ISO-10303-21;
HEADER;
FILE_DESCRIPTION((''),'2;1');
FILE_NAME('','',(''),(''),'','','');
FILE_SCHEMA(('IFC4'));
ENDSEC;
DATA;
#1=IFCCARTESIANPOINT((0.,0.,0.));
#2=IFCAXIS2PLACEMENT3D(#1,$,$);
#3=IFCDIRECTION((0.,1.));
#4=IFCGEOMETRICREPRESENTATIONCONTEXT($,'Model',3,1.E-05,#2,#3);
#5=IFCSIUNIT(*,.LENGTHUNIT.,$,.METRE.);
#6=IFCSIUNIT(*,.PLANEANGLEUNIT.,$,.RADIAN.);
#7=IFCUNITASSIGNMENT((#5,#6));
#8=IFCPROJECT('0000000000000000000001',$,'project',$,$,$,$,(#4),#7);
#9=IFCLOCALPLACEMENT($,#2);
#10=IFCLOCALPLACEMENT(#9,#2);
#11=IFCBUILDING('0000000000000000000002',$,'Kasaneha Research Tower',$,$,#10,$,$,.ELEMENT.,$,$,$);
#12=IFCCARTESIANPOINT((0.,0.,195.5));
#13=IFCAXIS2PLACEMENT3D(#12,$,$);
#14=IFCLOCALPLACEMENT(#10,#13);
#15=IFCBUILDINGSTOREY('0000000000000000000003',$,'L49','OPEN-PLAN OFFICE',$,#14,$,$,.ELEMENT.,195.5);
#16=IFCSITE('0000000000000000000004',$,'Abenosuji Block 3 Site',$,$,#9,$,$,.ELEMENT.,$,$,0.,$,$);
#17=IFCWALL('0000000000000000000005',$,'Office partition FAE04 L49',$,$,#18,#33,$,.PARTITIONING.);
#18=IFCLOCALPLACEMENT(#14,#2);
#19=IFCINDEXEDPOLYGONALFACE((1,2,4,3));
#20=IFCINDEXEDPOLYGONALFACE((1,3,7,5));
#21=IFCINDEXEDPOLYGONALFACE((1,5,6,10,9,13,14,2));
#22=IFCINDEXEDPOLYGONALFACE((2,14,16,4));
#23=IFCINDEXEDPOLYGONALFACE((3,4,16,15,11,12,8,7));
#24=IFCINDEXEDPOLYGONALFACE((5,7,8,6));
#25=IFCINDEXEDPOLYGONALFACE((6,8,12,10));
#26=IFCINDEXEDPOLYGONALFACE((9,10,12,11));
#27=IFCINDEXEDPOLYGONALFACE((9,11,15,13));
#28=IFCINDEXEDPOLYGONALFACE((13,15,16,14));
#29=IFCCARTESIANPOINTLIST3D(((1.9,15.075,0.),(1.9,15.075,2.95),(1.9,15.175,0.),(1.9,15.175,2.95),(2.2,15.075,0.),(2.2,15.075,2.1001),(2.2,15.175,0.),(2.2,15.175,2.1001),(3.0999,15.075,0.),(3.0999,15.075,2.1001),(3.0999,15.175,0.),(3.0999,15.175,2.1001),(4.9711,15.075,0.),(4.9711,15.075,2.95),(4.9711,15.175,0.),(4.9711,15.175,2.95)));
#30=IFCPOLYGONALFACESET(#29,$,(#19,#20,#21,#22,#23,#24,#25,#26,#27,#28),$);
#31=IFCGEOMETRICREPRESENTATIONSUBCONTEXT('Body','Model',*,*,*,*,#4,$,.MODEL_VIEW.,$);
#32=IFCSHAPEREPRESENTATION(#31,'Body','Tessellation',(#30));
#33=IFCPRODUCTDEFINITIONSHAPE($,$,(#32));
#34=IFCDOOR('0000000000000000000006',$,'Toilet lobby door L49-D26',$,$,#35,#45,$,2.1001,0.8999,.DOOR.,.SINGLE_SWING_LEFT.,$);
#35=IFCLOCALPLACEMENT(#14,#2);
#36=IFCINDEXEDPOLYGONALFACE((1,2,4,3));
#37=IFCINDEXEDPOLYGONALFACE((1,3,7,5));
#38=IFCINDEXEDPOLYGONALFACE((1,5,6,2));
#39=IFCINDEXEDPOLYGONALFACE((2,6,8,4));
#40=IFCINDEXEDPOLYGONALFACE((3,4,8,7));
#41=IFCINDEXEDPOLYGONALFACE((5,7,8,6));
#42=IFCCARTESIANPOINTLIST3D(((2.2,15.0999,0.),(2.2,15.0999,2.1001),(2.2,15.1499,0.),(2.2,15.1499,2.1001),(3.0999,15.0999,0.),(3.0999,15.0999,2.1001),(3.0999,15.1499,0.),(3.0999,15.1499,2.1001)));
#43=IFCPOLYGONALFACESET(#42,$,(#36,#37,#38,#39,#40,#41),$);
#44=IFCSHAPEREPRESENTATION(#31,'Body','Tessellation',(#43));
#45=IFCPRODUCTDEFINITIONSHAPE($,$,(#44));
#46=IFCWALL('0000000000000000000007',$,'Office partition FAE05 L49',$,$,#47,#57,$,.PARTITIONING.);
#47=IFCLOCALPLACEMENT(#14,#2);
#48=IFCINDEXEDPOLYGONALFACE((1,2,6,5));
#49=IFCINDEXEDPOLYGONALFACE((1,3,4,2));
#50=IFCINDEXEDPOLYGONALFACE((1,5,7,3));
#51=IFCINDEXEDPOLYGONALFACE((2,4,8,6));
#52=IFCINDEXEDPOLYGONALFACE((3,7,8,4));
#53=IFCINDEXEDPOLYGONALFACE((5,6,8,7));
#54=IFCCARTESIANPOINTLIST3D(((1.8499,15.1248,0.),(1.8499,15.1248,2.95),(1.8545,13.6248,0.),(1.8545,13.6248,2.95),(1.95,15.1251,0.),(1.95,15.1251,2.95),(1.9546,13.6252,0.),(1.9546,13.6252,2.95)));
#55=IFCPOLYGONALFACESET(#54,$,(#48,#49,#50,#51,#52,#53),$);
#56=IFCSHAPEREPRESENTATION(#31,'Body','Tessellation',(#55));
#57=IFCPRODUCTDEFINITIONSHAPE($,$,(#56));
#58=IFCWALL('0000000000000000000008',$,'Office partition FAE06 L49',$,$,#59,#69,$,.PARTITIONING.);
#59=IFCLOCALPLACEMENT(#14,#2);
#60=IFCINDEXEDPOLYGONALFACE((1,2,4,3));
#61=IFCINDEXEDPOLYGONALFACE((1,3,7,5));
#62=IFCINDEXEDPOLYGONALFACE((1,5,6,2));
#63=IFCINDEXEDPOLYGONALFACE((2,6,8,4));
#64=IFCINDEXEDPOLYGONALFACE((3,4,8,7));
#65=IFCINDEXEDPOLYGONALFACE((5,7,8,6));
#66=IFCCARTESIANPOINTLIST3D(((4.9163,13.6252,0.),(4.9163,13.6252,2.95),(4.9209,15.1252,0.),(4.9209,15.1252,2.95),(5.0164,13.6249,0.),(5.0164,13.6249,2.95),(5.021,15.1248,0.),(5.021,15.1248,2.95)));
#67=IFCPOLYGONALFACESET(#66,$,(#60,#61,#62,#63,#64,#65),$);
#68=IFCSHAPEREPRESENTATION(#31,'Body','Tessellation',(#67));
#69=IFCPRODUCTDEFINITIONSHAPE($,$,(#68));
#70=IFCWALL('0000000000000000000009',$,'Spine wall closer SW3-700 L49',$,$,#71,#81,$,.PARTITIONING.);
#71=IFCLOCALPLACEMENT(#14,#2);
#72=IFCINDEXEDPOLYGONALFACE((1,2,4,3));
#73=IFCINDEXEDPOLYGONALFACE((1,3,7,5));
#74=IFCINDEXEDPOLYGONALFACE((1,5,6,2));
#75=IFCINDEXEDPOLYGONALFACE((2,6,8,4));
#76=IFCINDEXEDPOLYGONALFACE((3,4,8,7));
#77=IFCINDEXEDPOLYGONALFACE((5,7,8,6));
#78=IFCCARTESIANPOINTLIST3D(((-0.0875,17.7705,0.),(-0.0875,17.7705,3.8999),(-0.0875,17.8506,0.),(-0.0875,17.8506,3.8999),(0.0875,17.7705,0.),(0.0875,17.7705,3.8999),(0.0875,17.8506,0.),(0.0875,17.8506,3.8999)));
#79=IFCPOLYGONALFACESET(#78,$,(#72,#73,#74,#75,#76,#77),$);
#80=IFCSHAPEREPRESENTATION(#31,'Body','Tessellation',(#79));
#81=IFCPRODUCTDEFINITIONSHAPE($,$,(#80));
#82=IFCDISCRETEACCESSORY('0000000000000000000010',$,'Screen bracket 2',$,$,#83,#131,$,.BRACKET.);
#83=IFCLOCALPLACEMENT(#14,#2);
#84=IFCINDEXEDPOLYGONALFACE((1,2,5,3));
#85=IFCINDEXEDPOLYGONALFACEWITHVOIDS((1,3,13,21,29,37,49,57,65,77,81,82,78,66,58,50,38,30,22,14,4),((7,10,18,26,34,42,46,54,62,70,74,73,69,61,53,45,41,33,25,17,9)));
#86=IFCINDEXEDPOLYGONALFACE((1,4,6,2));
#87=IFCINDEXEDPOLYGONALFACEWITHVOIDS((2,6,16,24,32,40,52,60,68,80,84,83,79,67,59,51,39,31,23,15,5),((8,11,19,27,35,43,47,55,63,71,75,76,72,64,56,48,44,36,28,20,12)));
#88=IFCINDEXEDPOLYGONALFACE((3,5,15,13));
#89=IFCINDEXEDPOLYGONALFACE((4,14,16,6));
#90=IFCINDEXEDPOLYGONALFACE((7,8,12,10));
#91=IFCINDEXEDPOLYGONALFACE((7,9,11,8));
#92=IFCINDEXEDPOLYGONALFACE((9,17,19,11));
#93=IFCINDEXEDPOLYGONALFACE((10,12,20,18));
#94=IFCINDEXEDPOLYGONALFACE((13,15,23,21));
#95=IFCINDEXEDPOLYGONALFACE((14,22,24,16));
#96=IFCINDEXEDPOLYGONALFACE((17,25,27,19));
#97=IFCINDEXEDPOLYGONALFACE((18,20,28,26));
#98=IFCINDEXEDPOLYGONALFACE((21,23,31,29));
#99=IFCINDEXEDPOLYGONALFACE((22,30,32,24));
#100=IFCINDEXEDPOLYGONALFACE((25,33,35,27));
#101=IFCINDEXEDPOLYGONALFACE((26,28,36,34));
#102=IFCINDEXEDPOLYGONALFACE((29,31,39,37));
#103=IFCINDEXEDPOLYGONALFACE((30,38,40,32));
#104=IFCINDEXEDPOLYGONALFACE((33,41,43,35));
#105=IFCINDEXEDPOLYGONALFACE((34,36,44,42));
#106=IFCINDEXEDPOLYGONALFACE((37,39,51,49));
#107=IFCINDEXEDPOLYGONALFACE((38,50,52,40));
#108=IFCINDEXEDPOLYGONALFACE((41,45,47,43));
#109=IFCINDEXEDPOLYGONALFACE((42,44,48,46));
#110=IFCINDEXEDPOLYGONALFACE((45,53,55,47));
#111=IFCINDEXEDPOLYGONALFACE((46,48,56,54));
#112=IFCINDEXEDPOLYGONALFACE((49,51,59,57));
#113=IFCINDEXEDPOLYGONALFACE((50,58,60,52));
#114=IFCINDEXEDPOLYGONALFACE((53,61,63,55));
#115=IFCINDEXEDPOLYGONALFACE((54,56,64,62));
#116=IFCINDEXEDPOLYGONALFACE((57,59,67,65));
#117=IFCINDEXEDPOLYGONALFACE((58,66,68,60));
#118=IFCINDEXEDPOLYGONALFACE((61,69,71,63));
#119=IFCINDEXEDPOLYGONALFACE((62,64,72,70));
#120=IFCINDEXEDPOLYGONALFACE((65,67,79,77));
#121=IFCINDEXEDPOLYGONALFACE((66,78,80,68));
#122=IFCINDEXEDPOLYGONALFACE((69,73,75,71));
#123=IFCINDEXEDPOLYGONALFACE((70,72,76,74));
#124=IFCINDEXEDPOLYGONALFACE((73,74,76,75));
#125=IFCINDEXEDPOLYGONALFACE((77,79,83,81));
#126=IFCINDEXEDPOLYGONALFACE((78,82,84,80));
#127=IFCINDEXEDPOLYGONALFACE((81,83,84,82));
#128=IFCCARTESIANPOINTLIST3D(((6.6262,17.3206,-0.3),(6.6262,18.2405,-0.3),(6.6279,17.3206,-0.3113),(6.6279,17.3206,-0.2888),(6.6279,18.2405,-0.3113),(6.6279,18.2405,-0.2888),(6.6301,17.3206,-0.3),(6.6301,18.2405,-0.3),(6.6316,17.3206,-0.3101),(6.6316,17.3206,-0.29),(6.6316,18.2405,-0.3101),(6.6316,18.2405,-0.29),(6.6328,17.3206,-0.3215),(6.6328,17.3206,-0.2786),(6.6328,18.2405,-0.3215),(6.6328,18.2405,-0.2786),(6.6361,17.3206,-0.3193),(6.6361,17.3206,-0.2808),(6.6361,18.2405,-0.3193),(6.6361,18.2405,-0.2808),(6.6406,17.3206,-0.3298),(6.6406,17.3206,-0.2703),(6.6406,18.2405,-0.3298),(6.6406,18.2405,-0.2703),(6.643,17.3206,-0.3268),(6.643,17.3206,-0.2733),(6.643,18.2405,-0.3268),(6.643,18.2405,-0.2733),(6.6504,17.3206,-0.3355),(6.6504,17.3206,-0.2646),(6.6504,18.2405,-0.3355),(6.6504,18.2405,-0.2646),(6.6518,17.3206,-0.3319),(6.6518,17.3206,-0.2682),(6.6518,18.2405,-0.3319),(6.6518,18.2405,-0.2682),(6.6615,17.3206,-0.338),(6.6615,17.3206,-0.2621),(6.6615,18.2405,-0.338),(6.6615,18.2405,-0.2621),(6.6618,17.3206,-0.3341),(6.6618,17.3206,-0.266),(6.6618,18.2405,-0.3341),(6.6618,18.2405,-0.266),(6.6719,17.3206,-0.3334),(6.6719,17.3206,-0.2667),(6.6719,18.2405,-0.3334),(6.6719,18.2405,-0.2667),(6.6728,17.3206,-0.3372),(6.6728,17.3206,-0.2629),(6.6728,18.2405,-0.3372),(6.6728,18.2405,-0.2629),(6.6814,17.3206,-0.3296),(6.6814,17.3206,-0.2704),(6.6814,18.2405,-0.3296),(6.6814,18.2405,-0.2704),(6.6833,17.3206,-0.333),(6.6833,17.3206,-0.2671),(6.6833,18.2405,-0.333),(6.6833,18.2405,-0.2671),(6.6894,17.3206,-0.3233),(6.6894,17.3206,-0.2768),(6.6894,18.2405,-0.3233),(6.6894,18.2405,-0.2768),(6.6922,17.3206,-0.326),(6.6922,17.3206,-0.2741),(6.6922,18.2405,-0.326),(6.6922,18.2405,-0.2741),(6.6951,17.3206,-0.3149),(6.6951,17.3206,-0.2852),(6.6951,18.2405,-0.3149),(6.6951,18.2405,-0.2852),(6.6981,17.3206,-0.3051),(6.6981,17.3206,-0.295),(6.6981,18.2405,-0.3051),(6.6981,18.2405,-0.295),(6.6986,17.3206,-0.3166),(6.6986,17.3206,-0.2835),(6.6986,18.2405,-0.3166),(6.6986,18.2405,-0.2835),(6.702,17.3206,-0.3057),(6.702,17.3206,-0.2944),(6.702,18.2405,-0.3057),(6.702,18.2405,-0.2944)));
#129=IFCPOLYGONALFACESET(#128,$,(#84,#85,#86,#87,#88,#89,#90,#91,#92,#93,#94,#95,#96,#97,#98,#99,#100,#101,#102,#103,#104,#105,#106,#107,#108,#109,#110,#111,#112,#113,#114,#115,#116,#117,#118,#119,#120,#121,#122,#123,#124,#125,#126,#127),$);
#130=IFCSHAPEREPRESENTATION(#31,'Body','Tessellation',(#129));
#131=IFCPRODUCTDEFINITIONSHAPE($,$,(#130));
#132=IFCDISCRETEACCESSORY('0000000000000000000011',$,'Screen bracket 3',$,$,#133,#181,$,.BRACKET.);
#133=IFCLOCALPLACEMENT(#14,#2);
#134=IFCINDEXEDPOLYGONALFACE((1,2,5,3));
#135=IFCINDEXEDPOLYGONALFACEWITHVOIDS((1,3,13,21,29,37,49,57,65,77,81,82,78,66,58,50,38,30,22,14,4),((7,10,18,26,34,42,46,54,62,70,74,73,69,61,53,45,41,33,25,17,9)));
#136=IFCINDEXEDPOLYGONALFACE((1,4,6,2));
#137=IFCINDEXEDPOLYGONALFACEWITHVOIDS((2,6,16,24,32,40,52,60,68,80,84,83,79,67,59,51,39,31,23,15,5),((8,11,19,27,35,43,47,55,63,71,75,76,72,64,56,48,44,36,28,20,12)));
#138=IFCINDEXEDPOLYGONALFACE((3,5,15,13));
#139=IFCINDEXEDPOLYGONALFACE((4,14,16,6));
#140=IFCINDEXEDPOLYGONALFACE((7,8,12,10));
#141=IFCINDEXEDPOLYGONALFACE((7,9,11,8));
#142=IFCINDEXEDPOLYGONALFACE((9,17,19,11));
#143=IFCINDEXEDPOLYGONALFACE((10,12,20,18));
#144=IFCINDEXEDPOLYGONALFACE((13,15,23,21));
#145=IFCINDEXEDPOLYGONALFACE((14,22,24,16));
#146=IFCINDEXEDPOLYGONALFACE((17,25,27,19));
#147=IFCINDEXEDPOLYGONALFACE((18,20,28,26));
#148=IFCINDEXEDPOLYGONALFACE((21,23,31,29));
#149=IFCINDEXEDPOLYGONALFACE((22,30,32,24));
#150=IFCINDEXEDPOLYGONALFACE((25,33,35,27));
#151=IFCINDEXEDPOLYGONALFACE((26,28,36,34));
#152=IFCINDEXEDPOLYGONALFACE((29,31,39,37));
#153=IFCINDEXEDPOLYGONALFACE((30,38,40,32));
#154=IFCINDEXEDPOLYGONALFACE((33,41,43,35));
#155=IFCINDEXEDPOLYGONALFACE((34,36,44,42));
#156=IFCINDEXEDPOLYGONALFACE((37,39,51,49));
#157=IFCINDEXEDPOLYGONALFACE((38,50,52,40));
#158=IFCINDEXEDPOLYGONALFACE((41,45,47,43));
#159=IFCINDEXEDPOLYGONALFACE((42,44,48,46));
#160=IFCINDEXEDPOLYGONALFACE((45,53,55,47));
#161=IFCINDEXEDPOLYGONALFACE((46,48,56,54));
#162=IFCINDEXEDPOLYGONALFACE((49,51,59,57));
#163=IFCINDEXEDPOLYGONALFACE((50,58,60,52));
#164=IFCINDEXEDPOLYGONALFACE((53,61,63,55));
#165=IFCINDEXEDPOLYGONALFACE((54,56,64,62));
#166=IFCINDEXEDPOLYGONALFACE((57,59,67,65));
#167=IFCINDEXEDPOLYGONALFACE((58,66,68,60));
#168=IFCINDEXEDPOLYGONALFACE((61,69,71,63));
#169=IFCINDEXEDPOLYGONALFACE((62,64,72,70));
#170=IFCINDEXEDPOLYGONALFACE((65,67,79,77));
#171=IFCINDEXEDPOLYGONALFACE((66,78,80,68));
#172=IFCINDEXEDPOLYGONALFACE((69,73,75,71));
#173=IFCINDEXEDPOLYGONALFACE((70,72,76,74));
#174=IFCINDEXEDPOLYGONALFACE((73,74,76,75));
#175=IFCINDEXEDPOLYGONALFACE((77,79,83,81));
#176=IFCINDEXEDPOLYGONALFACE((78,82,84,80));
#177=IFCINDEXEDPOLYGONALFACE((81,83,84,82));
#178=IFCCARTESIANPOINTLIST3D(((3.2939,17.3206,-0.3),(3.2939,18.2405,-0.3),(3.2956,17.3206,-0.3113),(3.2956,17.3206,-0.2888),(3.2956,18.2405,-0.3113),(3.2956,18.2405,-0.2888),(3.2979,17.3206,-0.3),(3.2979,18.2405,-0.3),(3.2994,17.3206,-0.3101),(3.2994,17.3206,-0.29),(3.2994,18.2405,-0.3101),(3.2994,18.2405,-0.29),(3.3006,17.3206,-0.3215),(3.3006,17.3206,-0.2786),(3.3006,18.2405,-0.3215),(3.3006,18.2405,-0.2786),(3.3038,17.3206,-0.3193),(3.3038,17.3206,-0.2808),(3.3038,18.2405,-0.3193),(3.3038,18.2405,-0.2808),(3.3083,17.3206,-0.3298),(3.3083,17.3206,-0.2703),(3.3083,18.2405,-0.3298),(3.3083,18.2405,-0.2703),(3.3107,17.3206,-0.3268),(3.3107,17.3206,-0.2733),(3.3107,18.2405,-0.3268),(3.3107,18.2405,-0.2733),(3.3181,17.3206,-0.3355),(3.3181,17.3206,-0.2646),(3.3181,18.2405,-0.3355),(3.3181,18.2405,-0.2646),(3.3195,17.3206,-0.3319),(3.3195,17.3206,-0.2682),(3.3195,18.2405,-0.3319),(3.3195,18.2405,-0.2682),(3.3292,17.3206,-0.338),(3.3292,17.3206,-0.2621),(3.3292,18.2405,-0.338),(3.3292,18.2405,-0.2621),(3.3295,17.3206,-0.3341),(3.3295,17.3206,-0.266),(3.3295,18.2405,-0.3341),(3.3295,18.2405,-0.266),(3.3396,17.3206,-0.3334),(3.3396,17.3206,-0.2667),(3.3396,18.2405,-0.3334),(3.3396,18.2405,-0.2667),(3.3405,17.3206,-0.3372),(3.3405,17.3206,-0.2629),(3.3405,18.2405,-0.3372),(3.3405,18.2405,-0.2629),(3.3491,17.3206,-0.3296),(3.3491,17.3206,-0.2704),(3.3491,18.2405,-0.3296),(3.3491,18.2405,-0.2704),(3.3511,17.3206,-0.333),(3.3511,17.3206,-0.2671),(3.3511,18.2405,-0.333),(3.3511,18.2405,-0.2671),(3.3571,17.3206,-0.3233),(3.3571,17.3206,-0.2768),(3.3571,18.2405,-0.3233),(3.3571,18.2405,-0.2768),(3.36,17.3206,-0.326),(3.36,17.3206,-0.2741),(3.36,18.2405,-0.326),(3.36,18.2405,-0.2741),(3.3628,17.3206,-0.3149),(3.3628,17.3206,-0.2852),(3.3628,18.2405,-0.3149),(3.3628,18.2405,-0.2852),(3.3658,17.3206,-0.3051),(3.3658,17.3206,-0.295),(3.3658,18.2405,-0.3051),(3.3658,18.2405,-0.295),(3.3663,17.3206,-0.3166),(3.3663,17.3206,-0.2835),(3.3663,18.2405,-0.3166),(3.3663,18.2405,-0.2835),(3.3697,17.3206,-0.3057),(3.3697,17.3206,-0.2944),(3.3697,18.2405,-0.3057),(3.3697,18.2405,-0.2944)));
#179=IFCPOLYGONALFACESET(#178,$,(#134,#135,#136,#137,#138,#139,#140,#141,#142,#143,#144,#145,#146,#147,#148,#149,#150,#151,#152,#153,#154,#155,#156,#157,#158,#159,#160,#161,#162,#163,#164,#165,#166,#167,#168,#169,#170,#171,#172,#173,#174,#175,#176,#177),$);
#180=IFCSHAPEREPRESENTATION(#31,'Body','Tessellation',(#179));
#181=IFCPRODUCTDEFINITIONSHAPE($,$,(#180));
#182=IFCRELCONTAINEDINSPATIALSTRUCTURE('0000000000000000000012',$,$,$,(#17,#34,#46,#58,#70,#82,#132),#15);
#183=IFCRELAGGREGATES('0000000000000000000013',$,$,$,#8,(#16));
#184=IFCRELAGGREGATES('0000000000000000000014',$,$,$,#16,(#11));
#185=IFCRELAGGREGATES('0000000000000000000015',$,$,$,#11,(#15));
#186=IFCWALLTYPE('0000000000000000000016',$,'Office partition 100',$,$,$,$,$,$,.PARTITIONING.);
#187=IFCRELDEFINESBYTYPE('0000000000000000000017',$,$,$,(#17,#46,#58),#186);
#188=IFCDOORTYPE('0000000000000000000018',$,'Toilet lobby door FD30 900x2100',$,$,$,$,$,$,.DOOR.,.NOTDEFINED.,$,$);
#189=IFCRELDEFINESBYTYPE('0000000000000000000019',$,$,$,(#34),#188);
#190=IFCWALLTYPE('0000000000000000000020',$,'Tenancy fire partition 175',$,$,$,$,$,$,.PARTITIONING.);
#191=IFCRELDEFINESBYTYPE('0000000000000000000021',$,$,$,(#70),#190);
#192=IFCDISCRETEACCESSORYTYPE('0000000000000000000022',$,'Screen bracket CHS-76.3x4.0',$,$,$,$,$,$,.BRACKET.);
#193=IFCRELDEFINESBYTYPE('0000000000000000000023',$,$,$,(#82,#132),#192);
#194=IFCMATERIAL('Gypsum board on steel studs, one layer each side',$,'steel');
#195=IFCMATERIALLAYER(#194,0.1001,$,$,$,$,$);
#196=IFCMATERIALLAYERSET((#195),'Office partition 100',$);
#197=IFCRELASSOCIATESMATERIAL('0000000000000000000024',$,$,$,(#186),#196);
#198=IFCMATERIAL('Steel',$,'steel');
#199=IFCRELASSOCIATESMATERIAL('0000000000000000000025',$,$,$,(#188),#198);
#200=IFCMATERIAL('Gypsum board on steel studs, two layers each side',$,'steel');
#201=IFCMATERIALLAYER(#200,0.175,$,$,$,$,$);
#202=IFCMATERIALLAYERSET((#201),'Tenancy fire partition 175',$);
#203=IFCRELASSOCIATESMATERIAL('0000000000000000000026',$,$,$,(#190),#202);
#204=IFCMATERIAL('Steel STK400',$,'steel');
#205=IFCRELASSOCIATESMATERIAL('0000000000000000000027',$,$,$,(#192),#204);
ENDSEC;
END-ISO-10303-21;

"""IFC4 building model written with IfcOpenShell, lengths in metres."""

from ifc_helpers import new_model, si_unit, direction, frame, frame_2d, origin, origin_2d, place, context, subcontext, project, spatial, rectangle, hollow_circle, extrude, material, layer, layer_set, material_profile, profile_set, type_object, element, fill, save


model = new_model("IFC4")

# Units and contexts
model_context = context("Model", 3, precision=1e-05, world=origin(), true_north=direction((0.0, 1.0)))
body_context = subcontext(model_context, "Body", "Model", "MODEL_VIEW")
ifc_project = project(units=[si_unit("LENGTHUNIT", "METRE"), si_unit("PLANEANGLEUNIT", "RADIAN")], contexts=[model_context])

# Site, building, storey
site_placement = place(None, origin())
site = spatial("IfcSite", under=ifc_project, at=site_placement, Name="Abenosuji Block 3 Site", CompositionType="ELEMENT", RefElevation=0.0)
building_placement = place(site_placement, origin())
building = spatial("IfcBuilding", under=site, at=building_placement, Name="Kasaneha Research Tower", CompositionType="ELEMENT")
storey_placement = place(building_placement, frame((0.0, 0.0, 195.5)))
storey = spatial("IfcBuildingStorey", under=building, at=storey_placement, Name="L49", Description="OPEN-PLAN OFFICE", CompositionType="ELEMENT", Elevation=195.5)

# Shared definitions
ifc_material_1 = material(Name="Gypsum board on steel studs, one layer each side", Category="steel")
ifc_layer_1 = layer(ifc_material_1, 0.1001)
ifc_layer_set_1 = layer_set([ifc_layer_1], Name="Office partition 100")
wall_type_1 = type_object("IfcWallType", Name="Office partition 100", PredefinedType="PARTITIONING", material=ifc_layer_set_1)
ifc_material_2 = material(Name="Steel", Category="steel")
door_type = type_object("IfcDoorType", Name="Toilet lobby door FD30 900x2100", OperationType="NOTDEFINED", PredefinedType="DOOR", material=ifc_material_2)

# Wall, opening, door
wall_1_placement = place(storey_placement, frame((1.8999, 15.125, 0.0), z_axis=(0.0, 0.0, 1.0), x_axis=(1.0, 0.0, 0.0)))
wall_1 = element("IfcWall", 1, at=wall_1_placement, inside=storey, type_object=wall_type_1, Name="Office partition FAE04 L49", PredefinedType="PARTITIONING", context=body_context, shape_type="SweptSolid", body=[
    extrude(rectangle(XDim=3.071, YDim=0.1001, at=frame_2d((1.5356, 0.0))), origin(), (0.0, 0.0, 1.0), 2.95),
])
opening_1_placement = place(wall_1_placement, frame((0.3, 0.0, 0.0)))
opening_1 = element("IfcOpeningElement", 2, at=opening_1_placement, cuts=wall_1, PredefinedType="OPENING", context=body_context, shape_type="SweptSolid", body=[
    extrude(rectangle(XDim=0.8999, YDim=2.1001, at=frame_2d((0.45, 1.05))), frame((0.0, 0.0601, 0.0), z_axis=(0.0, -1.0, 0.0), x_axis=(1.0, 0.0, 0.0)), (0.0, 0.0, 1.0), 0.1201),
])
door_1_placement = place(opening_1_placement, origin())
door_1 = element("IfcDoor", 3, at=door_1_placement, inside=storey, type_object=door_type, Name="Toilet lobby door L49-D26", OperationType="SINGLE_SWING_LEFT", OverallHeight=2.1001, OverallWidth=0.8999, PredefinedType="DOOR", context=body_context, shape_type="SweptSolid", body=[
    extrude(rectangle(XDim=0.8999, YDim=2.1001, at=frame_2d((0.45, 1.05))), frame((0.0, 0.0249, 0.0), z_axis=(0.0, -1.0, 0.0), x_axis=(1.0, 0.0, 0.0)), (0.0, 0.0, 1.0), 0.05),
])
fill(opening_1, door_1)

# Walls
for number, where, z_axis, x_axis, name in (
    (4, (1.9045, 13.625, 0.0), (0.0, 0.0, 1.0), (-0.003092, 0.999995, 0.0), "Office partition FAE05 L49"),
    (5, (4.9709, 15.125, 0.0), (0.0, 0.0, 1.0), (-0.003092, -0.999995, 0.0), "Office partition FAE06 L49"),
):
    element("IfcWall", number, at=place(storey_placement, frame(where, z_axis=z_axis, x_axis=x_axis)), inside=storey, type_object=wall_type_1, Name=name, PredefinedType="PARTITIONING", context=body_context, shape_type="SweptSolid", body=[
        extrude(rectangle(XDim=1.5, YDim=0.1001, at=frame_2d((0.75, 0.0))), origin(), (0.0, 0.0, 1.0), 2.95),
    ])
ifc_material_3 = material(Name="Gypsum board on steel studs, two layers each side", Category="steel")
ifc_layer_2 = layer(ifc_material_3, 0.175)
ifc_layer_set_2 = layer_set([ifc_layer_2], Name="Tenancy fire partition 175")
wall_type_2 = type_object("IfcWallType", Name="Tenancy fire partition 175", PredefinedType="PARTITIONING", material=ifc_layer_set_2)
wall_2_placement = place(storey_placement, frame((0.0, 17.7705, 0.0), z_axis=(0.0, 0.0, 1.0), x_axis=(0.0, 1.0, 0.0)))
element("IfcWall", 6, at=wall_2_placement, inside=storey, type_object=wall_type_2, Name="Spine wall closer SW3-700 L49", PredefinedType="PARTITIONING", context=body_context, shape_type="SweptSolid", body=[
    extrude(rectangle(XDim=0.0801, YDim=0.175, at=frame_2d((0.04, 0.0))), origin(), (0.0, 0.0, 1.0), 3.8999),
])

# Discrete accessories
ifc_material_4 = material(Name="Steel STK400", Category="steel")
ifc_material_profile_1 = material_profile(ifc_material_4, hollow_circle(Radius=0.0381, WallThickness=0.0039, at=origin_2d()), Name="CHS-76.3x4.0")
ifc_profile_set_1 = profile_set([ifc_material_profile_1], Name="Steel STK400")
discrete_accessory_type = type_object("IfcDiscreteAccessoryType", Name="Screen bracket CHS-76.3x4.0", PredefinedType="BRACKET", material=ifc_profile_set_1)
for number, where, z_axis, x_axis, name in (
    (7, (6.6643, 17.3206, -0.3), (0.0, 1.0, 0.0), (-1.0, 0.0, 0.0), "Screen bracket 2"),
    (8, (3.332, 17.3206, -0.3), (0.0, 1.0, 0.0), (-1.0, 0.0, 0.0), "Screen bracket 3"),
):
    element("IfcDiscreteAccessory", number, at=place(storey_placement, frame(where, z_axis=z_axis, x_axis=x_axis)), inside=storey, type_object=discrete_accessory_type, Name=name, PredefinedType="BRACKET", context=body_context, shape_type="SweptSolid", body=[
        extrude(hollow_circle(Radius=0.0381, WallThickness=0.0039, at=origin_2d()), origin(), (0.0, 0.0, 1.0), 0.9199),
    ])

save(model, "model.ifc")
